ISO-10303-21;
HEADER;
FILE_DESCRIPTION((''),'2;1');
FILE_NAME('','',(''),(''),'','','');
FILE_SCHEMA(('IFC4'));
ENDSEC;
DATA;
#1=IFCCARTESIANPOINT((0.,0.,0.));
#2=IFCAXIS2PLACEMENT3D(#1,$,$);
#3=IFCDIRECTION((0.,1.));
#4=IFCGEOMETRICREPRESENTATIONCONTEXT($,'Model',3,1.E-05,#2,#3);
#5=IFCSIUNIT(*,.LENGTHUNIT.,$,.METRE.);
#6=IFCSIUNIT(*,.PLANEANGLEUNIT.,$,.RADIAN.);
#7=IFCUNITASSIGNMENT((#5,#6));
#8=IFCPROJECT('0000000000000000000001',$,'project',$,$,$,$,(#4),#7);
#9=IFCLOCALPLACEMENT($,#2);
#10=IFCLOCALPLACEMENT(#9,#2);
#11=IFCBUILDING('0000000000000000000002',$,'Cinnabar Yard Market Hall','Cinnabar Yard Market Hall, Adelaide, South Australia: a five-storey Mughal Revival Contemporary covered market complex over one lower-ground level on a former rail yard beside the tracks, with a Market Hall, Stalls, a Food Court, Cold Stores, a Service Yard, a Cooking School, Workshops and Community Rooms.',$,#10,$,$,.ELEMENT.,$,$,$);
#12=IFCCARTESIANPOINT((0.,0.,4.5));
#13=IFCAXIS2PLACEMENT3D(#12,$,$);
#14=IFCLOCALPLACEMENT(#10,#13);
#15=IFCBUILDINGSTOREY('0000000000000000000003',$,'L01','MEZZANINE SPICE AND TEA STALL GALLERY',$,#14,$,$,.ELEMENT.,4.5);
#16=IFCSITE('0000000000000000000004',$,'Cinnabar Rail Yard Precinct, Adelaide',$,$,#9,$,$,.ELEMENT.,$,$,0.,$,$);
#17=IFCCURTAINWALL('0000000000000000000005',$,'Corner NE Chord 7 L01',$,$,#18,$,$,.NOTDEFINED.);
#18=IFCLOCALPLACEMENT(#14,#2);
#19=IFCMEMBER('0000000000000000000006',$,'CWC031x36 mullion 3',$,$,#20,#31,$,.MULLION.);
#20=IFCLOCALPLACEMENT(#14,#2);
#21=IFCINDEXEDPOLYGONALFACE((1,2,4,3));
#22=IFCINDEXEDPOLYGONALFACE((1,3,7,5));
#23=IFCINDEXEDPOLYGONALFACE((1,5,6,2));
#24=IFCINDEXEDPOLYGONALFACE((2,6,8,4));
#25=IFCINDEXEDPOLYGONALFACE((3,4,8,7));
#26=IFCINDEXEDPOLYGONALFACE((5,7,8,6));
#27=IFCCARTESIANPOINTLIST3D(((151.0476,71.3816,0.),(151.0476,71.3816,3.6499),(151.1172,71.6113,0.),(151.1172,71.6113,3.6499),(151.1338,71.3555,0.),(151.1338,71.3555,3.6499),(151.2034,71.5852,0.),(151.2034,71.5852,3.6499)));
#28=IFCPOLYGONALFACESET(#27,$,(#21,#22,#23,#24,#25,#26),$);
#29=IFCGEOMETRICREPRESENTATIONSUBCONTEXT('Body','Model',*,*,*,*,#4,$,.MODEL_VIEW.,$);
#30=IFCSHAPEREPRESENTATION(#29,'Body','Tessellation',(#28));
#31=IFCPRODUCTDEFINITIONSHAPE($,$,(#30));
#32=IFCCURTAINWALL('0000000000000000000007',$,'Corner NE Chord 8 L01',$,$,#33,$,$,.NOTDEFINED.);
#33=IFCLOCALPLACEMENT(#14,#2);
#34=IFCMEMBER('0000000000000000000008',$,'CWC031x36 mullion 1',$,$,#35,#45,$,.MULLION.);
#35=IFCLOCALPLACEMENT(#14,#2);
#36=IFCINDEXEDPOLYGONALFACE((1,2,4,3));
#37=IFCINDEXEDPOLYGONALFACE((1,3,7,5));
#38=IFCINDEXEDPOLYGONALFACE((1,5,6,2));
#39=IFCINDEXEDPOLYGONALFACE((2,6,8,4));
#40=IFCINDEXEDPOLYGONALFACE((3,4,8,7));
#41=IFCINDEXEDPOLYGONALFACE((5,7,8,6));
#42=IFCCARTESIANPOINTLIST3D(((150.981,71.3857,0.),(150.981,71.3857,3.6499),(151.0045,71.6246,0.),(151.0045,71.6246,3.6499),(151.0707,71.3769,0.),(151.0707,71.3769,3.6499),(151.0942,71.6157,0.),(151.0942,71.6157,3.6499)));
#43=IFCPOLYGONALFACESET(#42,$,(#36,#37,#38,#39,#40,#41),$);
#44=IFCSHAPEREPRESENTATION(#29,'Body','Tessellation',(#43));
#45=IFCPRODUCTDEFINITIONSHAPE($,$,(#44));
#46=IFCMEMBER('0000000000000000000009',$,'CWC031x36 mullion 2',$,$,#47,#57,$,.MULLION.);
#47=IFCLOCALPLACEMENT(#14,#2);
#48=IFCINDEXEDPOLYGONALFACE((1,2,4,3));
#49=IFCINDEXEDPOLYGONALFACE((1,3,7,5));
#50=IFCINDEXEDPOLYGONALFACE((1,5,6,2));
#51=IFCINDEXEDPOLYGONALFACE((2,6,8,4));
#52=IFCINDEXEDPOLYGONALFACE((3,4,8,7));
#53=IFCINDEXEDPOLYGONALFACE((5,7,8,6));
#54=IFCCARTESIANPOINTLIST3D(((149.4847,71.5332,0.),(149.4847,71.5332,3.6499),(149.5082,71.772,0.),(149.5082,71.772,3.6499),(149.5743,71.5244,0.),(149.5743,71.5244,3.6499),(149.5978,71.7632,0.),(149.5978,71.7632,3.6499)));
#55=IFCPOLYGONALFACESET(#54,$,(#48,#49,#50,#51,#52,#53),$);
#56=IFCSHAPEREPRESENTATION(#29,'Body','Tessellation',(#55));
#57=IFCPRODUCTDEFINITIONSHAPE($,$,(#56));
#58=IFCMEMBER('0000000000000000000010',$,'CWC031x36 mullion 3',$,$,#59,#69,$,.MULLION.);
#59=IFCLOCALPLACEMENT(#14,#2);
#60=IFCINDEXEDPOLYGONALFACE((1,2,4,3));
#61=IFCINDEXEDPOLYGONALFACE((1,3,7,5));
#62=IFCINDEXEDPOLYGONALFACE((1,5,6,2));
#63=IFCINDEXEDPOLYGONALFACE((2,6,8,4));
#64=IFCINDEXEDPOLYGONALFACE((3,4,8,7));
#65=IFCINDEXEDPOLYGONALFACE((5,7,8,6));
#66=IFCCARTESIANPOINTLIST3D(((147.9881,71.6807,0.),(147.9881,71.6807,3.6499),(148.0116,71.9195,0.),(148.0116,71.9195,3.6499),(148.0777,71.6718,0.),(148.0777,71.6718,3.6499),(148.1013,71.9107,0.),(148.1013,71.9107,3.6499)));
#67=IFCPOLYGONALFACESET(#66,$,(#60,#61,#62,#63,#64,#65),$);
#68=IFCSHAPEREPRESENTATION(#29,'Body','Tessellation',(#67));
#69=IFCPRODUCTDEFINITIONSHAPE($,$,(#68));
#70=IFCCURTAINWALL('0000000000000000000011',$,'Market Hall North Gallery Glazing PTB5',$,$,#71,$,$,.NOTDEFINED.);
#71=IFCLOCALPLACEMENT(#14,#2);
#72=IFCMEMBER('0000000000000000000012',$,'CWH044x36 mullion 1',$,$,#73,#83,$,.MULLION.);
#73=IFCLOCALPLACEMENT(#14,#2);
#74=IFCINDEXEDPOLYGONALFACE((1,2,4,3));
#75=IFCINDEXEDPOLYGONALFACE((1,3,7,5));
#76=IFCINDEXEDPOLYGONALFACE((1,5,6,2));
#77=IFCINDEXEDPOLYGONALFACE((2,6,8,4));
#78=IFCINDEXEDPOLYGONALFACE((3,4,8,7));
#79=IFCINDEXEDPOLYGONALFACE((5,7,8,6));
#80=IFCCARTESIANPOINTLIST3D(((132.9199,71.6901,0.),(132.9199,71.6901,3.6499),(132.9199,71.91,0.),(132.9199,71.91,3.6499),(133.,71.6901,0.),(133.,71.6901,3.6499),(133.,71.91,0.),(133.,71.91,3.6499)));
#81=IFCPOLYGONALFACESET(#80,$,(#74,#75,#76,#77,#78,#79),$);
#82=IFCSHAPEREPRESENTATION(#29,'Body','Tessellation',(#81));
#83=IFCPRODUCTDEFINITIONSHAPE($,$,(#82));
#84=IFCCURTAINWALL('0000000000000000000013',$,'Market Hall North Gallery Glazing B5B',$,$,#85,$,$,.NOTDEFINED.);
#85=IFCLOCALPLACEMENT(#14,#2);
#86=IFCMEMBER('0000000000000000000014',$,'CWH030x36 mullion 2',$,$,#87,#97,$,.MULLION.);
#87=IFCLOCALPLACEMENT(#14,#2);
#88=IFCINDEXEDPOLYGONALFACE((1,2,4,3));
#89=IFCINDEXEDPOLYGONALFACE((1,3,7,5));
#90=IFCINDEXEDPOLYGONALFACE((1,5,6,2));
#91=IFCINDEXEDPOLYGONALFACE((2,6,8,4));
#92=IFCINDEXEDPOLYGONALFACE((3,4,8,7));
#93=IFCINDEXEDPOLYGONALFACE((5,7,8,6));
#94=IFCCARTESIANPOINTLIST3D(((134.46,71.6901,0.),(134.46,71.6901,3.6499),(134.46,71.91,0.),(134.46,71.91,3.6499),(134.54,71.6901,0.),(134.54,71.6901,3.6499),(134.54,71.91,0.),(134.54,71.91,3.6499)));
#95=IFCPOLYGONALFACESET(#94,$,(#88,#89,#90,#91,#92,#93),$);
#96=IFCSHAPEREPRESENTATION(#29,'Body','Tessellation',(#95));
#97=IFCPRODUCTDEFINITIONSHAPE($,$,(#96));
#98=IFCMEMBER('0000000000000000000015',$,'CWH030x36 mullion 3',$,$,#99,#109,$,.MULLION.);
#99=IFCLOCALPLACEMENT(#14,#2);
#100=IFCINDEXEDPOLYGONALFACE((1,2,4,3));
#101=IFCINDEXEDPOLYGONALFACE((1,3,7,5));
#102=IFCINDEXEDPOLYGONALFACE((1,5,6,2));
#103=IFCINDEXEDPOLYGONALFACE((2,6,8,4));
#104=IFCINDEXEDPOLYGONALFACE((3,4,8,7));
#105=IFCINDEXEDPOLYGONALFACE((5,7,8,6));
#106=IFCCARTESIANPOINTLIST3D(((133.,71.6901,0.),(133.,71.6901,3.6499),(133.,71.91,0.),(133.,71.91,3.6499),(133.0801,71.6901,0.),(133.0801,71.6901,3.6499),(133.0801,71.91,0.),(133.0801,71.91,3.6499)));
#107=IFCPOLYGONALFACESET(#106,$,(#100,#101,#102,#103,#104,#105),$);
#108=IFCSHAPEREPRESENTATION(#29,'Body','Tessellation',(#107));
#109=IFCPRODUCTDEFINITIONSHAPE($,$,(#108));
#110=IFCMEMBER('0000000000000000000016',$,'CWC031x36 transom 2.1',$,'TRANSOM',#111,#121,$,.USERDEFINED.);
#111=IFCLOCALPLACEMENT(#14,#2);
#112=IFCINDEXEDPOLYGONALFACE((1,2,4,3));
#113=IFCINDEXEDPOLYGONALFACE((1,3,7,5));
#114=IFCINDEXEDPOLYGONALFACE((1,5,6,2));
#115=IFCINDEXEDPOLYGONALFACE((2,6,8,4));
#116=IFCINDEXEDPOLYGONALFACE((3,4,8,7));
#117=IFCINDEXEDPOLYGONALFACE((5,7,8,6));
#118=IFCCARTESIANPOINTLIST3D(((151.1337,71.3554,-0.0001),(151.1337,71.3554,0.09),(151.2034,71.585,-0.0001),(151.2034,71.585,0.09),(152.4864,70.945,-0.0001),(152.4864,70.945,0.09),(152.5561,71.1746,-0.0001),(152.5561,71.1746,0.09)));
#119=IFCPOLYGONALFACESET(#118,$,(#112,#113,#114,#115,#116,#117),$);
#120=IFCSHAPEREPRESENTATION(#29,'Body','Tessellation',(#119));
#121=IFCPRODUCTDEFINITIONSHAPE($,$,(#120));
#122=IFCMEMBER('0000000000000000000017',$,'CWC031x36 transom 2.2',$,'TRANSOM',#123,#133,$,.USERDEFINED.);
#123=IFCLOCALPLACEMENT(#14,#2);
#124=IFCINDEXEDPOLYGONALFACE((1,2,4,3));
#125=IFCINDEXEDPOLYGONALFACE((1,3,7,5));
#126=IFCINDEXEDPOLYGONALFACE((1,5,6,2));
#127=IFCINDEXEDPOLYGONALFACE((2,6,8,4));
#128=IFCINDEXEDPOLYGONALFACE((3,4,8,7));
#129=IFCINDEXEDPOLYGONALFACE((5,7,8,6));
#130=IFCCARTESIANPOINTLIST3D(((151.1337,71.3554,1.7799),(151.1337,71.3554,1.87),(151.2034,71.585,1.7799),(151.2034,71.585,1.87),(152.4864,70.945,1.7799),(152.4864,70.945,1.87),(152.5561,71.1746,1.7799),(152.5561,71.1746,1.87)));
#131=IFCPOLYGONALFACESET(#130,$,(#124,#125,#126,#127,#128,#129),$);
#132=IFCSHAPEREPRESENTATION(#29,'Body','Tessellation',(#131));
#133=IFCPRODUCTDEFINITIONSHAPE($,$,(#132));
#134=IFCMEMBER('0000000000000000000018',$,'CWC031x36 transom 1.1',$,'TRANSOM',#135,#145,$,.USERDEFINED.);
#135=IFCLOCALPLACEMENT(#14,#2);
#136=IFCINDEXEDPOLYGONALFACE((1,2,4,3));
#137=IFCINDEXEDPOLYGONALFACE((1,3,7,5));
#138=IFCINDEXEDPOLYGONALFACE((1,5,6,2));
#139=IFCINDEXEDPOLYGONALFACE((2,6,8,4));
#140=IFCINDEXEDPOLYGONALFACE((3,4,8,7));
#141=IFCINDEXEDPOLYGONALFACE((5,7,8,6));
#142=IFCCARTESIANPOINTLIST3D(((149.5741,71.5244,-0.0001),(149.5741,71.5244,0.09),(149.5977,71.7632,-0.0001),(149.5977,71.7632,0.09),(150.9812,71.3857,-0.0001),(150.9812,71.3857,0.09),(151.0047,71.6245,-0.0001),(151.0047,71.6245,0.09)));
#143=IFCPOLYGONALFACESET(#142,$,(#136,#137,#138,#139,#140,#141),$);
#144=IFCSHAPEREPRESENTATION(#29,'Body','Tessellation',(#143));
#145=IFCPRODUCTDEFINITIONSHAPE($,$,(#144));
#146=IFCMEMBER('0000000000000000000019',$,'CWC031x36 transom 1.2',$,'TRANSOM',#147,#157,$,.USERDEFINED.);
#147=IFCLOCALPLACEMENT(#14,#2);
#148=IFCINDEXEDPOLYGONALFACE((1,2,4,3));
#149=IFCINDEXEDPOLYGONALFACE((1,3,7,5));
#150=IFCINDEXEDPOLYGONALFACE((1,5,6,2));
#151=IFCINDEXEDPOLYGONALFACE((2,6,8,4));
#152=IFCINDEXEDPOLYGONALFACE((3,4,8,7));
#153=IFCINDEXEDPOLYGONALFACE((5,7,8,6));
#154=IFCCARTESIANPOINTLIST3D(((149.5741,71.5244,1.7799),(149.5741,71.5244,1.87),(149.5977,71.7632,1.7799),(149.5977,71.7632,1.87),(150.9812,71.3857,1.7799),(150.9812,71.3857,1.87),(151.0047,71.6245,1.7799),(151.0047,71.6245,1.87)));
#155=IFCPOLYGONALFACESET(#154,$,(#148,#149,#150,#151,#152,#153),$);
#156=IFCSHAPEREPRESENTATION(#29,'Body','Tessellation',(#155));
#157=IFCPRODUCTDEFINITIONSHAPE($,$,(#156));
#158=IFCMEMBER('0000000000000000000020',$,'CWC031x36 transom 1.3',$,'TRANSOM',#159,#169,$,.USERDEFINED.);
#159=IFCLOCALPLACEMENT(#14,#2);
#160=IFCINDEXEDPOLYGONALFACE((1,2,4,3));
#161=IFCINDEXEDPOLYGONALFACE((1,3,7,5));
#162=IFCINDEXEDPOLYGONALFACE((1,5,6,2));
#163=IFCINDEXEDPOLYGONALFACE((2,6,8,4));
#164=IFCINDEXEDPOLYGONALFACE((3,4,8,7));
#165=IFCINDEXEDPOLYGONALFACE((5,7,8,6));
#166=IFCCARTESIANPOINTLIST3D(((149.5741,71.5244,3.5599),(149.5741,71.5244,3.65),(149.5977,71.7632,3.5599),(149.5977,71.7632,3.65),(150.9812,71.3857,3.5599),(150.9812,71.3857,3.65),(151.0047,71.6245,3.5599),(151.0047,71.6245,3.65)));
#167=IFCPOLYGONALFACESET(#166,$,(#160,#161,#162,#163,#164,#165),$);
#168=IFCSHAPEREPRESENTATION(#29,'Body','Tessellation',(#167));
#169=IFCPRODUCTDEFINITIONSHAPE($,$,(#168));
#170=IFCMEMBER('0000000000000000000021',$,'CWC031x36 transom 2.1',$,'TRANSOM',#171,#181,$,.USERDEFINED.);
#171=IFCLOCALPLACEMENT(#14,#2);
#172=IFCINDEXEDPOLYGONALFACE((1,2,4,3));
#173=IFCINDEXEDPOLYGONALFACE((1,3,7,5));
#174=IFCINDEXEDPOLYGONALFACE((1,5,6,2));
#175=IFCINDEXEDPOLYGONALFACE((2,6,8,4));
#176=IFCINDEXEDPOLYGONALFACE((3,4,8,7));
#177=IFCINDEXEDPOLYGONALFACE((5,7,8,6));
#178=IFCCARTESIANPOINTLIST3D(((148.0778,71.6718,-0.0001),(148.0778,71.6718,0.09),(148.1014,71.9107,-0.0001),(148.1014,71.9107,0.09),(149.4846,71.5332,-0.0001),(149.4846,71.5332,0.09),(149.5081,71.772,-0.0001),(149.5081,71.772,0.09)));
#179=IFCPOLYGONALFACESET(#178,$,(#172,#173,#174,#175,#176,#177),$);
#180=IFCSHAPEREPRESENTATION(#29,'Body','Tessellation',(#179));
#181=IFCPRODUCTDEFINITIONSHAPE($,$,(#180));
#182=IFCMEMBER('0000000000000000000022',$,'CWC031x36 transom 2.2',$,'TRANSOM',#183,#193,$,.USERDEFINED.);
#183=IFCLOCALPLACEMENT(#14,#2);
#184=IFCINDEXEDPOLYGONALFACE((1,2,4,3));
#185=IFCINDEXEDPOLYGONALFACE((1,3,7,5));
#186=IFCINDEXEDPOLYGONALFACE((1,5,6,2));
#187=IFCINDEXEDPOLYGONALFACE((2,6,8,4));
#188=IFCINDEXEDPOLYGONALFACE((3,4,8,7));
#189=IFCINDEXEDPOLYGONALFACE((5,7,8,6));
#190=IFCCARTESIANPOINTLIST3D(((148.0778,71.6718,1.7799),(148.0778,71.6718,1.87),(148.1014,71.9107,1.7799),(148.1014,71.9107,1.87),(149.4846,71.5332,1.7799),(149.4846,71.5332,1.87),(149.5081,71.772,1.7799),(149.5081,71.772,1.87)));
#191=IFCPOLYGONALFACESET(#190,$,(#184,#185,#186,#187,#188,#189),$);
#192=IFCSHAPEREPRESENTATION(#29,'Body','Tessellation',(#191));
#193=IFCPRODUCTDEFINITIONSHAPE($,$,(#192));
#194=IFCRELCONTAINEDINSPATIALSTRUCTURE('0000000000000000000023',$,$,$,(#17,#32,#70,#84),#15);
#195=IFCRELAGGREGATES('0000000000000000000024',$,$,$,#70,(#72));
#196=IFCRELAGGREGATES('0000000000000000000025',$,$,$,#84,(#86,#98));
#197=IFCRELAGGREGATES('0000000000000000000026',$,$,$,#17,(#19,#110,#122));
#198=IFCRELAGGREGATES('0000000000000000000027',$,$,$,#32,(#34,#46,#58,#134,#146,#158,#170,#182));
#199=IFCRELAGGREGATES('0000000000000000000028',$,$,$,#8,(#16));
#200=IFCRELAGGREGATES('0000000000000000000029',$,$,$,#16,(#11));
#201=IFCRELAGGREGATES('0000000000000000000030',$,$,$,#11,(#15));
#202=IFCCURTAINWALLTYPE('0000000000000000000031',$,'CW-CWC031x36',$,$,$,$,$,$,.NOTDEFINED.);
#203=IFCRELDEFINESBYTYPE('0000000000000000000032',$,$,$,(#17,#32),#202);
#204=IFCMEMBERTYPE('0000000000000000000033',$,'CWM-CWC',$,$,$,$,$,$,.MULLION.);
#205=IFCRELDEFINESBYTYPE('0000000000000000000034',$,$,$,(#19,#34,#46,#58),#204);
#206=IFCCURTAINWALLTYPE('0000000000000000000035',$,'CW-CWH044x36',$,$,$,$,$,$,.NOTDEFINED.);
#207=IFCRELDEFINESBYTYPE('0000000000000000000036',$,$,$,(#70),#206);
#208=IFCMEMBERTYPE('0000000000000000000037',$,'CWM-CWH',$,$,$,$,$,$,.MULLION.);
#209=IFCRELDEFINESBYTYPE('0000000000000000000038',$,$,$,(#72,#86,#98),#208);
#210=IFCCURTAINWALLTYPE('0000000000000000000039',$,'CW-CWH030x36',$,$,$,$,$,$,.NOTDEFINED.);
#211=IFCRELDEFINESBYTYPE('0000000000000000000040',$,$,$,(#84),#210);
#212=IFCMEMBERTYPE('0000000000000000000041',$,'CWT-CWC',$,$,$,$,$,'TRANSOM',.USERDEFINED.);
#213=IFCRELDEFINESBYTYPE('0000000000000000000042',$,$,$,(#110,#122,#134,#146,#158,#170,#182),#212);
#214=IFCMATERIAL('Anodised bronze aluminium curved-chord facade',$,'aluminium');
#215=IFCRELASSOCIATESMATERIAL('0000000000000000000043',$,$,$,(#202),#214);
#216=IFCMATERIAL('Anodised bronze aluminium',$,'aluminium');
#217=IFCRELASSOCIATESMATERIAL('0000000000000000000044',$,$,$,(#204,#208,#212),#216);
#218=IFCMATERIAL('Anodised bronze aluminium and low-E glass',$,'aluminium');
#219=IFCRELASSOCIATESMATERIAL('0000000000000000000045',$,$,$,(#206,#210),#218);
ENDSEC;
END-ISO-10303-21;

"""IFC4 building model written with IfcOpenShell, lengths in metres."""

from ifc_helpers import new_model, si_unit, direction, frame, origin, origin_2d_with_axis, place, context, subcontext, project, spatial, rectangle, extrude, material, material_profile, profile_set, type_object, element, aggregate, save


model = new_model("IFC4")

# Units and contexts
model_context = context("Model", 3, precision=1e-05, world=origin(), true_north=direction((0.0, 1.0)))
body_context = subcontext(model_context, "Body", "Model", "MODEL_VIEW")
ifc_project = project(units=[si_unit("LENGTHUNIT", "METRE"), si_unit("PLANEANGLEUNIT", "RADIAN")], contexts=[model_context])

# Site, building, storey
site_placement = place(None, origin())
site = spatial("IfcSite", under=ifc_project, at=site_placement, Name="Cinnabar Rail Yard Precinct, Adelaide", CompositionType="ELEMENT", RefElevation=0.0)
building_placement = place(site_placement, origin())
building = spatial("IfcBuilding", under=site, at=building_placement, Name="Cinnabar Yard Market Hall", Description="Cinnabar Yard Market Hall, Adelaide, South Australia: a five-storey Mughal Revival Contemporary covered market complex over one lower-ground level on a former rail yard beside the tracks, with a Market Hall, Stalls, a Food Court, Cold Stores, a Service Yard, a Cooking School, Workshops and Community Rooms.", CompositionType="ELEMENT")
storey_placement = place(building_placement, frame((0.0, 0.0, 4.5)))
storey = spatial("IfcBuildingStorey", under=building, at=storey_placement, Name="L01", Description="MEZZANINE SPICE AND TEA STALL GALLERY", CompositionType="ELEMENT", Elevation=4.5)

# Curtain wall, member
ifc_material_1 = material(Name="Anodised bronze aluminium curved-chord facade", Category="aluminium")
curtain_wall_type_1 = type_object("IfcCurtainWallType", Name="CW-CWC031x36", PredefinedType="NOTDEFINED", material=ifc_material_1)
curtain_wall_1_placement = place(storey_placement, origin())
curtain_wall_1 = element("IfcCurtainWall", 1, at=curtain_wall_1_placement, inside=storey, type_object=curtain_wall_type_1, Name="Corner NE Chord 7 L01", PredefinedType="NOTDEFINED")
ifc_material_2 = material(Name="Anodised bronze aluminium", Category="aluminium")
ifc_material_profile_1 = material_profile(ifc_material_2, rectangle(XDim=0.24, YDim=0.0901, at=origin_2d_with_axis()), Name="MUL-CWC")
ifc_profile_set_1 = profile_set([ifc_material_profile_1], Name="Anodised bronze aluminium")
member_type_1 = type_object("IfcMemberType", Name="CWM-CWC", PredefinedType="MULLION", material=ifc_profile_set_1)
member_1_placement = place(storey_placement, frame((151.1255, 71.4834, 0.0), z_axis=(0.0, 0.0, 1.0), x_axis=(-0.290279, -0.956942, 0.0)))
member_1 = element("IfcMember", 2, at=member_1_placement, type_object=member_type_1, Name="CWC031x36 mullion 3", PredefinedType="MULLION", context=body_context, shape_type="SweptSolid", body=[
    extrude(rectangle(XDim=0.24, YDim=0.0901, at=origin_2d_with_axis()), origin(), (0.0, 0.0, 1.0), 3.6499),
])

# Curtain wall, members
curtain_wall_2_placement = place(storey_placement, origin())
curtain_wall_2 = element("IfcCurtainWall", 3, at=curtain_wall_2_placement, inside=storey, type_object=curtain_wall_type_1, Name="Corner NE Chord 8 L01", PredefinedType="NOTDEFINED")
member_2_placement = place(storey_placement, frame((151.0376, 71.5007, 0.0), z_axis=(0.0, 0.0, 1.0), x_axis=(-0.09802, -0.995184, 0.0)))
member_2 = element("IfcMember", 4, at=member_2_placement, type_object=member_type_1, Name="CWC031x36 mullion 1", PredefinedType="MULLION", context=body_context, shape_type="SweptSolid", body=[
    extrude(rectangle(XDim=0.24, YDim=0.0901, at=origin_2d_with_axis()), origin(), (0.0, 0.0, 1.0), 3.6499),
])
member_3_placement = place(storey_placement, frame((149.5413, 71.6482, 0.0), z_axis=(0.0, 0.0, 1.0), x_axis=(-0.09802, -0.995184, 0.0)))
member_3 = element("IfcMember", 5, at=member_3_placement, type_object=member_type_1, Name="CWC031x36 mullion 2", PredefinedType="MULLION", context=body_context, shape_type="SweptSolid", body=[
    extrude(rectangle(XDim=0.24, YDim=0.0901, at=origin_2d_with_axis()), origin(), (0.0, 0.0, 1.0), 3.6499),
])
member_4_placement = place(storey_placement, frame((148.0447, 71.7957, 0.0), z_axis=(0.0, 0.0, 1.0), x_axis=(-0.09802, -0.995184, 0.0)))
member_4 = element("IfcMember", 6, at=member_4_placement, type_object=member_type_1, Name="CWC031x36 mullion 3", PredefinedType="MULLION", context=body_context, shape_type="SweptSolid", body=[
    extrude(rectangle(XDim=0.24, YDim=0.0901, at=origin_2d_with_axis()), origin(), (0.0, 0.0, 1.0), 3.6499),
])

# Curtain wall, member
ifc_material_3 = material(Name="Anodised bronze aluminium and low-E glass", Category="aluminium")
curtain_wall_type_2 = type_object("IfcCurtainWallType", Name="CW-CWH044x36", PredefinedType="NOTDEFINED", material=ifc_material_3)
curtain_wall_3_placement = place(storey_placement, origin())
curtain_wall_3 = element("IfcCurtainWall", 7, at=curtain_wall_3_placement, inside=storey, type_object=curtain_wall_type_2, Name="Market Hall North Gallery Glazing PTB5", PredefinedType="NOTDEFINED")
ifc_material_profile_2 = material_profile(ifc_material_2, rectangle(XDim=0.22, YDim=0.0801, at=origin_2d_with_axis()), Name="MUL-CWH")
ifc_profile_set_2 = profile_set([ifc_material_profile_2], Name="Anodised bronze aluminium")
member_type_2 = type_object("IfcMemberType", Name="CWM-CWH", PredefinedType="MULLION", material=ifc_profile_set_2)
member_5_placement = place(storey_placement, frame((132.96, 71.8, 0.0), z_axis=(0.0, 0.0, 1.0), x_axis=(0.0, -1.0, 0.0)))
member_5 = element("IfcMember", 8, at=member_5_placement, type_object=member_type_2, Name="CWH044x36 mullion 1", PredefinedType="MULLION", context=body_context, shape_type="SweptSolid", body=[
    extrude(rectangle(XDim=0.22, YDim=0.0801, at=origin_2d_with_axis()), origin(), (0.0, 0.0, 1.0), 3.6499),
])

# Curtain wall, members
curtain_wall_type_3 = type_object("IfcCurtainWallType", Name="CW-CWH030x36", PredefinedType="NOTDEFINED", material=ifc_material_3)
curtain_wall_4_placement = place(storey_placement, origin())
curtain_wall_4 = element("IfcCurtainWall", 9, at=curtain_wall_4_placement, inside=storey, type_object=curtain_wall_type_3, Name="Market Hall North Gallery Glazing B5B", PredefinedType="NOTDEFINED")
member_6_placement = place(storey_placement, frame((134.5, 71.8, 0.0), z_axis=(0.0, 0.0, 1.0), x_axis=(0.0, -1.0, 0.0)))
member_6 = element("IfcMember", 10, at=member_6_placement, type_object=member_type_2, Name="CWH030x36 mullion 2", PredefinedType="MULLION", context=body_context, shape_type="SweptSolid", body=[
    extrude(rectangle(XDim=0.22, YDim=0.0801, at=origin_2d_with_axis()), origin(), (0.0, 0.0, 1.0), 3.6499),
])
member_7_placement = place(storey_placement, frame((133.04, 71.8, 0.0), z_axis=(0.0, 0.0, 1.0), x_axis=(0.0, -1.0, 0.0)))
member_7 = element("IfcMember", 11, at=member_7_placement, type_object=member_type_2, Name="CWH030x36 mullion 3", PredefinedType="MULLION", context=body_context, shape_type="SweptSolid", body=[
    extrude(rectangle(XDim=0.22, YDim=0.0801, at=origin_2d_with_axis()), origin(), (0.0, 0.0, 1.0), 3.6499),
])

# Members
ifc_material_profile_3 = material_profile(ifc_material_2, rectangle(XDim=0.24, YDim=0.0901, at=origin_2d_with_axis()), Name="TRN-CWC")
ifc_profile_set_3 = profile_set([ifc_material_profile_3], Name="Anodised bronze aluminium")
member_type_3 = type_object("IfcMemberType", Name="CWT-CWC", ElementType="TRANSOM", PredefinedType="USERDEFINED", material=ifc_profile_set_3)
member_8_placement = place(storey_placement, frame((152.5212, 71.0598, 0.0449), z_axis=(-0.956933, 0.290309, 0.0), x_axis=(-0.290309, -0.956933, 0.0)))
member_8 = element("IfcMember", 12, at=member_8_placement, type_object=member_type_3, Name="CWC031x36 transom 2.1", ObjectType="TRANSOM", PredefinedType="USERDEFINED", context=body_context, shape_type="SweptSolid", body=[
    extrude(rectangle(XDim=0.24, YDim=0.0901, at=origin_2d_with_axis()), origin(), (0.0, 0.0, 1.0), 1.4136),
])
member_9_placement = place(storey_placement, frame((152.5212, 71.0598, 1.825), z_axis=(-0.956933, 0.290309, 0.0), x_axis=(-0.290309, -0.956933, 0.0)))
member_9 = element("IfcMember", 13, at=member_9_placement, type_object=member_type_3, Name="CWC031x36 transom 2.2", ObjectType="TRANSOM", PredefinedType="USERDEFINED", context=body_context, shape_type="SweptSolid", body=[
    extrude(rectangle(XDim=0.24, YDim=0.0901, at=origin_2d_with_axis()), origin(), (0.0, 0.0, 1.0), 1.4136),
])
member_10_placement = place(storey_placement, frame((150.9929, 71.5051, 0.0449), z_axis=(-0.995178, 0.098085, 0.0), x_axis=(-0.098085, -0.995178, 0.0)))
member_10 = element("IfcMember", 14, at=member_10_placement, type_object=member_type_3, Name="CWC031x36 transom 1.1", ObjectType="TRANSOM", PredefinedType="USERDEFINED", context=body_context, shape_type="SweptSolid", body=[
    extrude(rectangle(XDim=0.24, YDim=0.0901, at=origin_2d_with_axis()), origin(), (0.0, 0.0, 1.0), 1.4138),
])
member_11_placement = place(storey_placement, frame((150.9929, 71.5051, 1.825), z_axis=(-0.995178, 0.098085, 0.0), x_axis=(-0.098085, -0.995178, 0.0)))
member_11 = element("IfcMember", 15, at=member_11_placement, type_object=member_type_3, Name="CWC031x36 transom 1.2", ObjectType="TRANSOM", PredefinedType="USERDEFINED", context=body_context, shape_type="SweptSolid", body=[
    extrude(rectangle(XDim=0.24, YDim=0.0901, at=origin_2d_with_axis()), origin(), (0.0, 0.0, 1.0), 1.4138),
])
member_12_placement = place(storey_placement, frame((150.9929, 71.5051, 3.605), z_axis=(-0.995178, 0.098085, 0.0), x_axis=(-0.098085, -0.995178, 0.0)))
member_12 = element("IfcMember", 16, at=member_12_placement, type_object=member_type_3, Name="CWC031x36 transom 1.3", ObjectType="TRANSOM", PredefinedType="USERDEFINED", context=body_context, shape_type="SweptSolid", body=[
    extrude(rectangle(XDim=0.24, YDim=0.0901, at=origin_2d_with_axis()), origin(), (0.0, 0.0, 1.0), 1.4138),
])
member_13_placement = place(storey_placement, frame((149.4963, 71.6526, 0.0449), z_axis=(-0.995176, 0.098101, 0.0), x_axis=(-0.098101, -0.995176, 0.0)))
member_13 = element("IfcMember", 17, at=member_13_placement, type_object=member_type_3, Name="CWC031x36 transom 2.1", ObjectType="TRANSOM", PredefinedType="USERDEFINED", context=body_context, shape_type="SweptSolid", body=[
    extrude(rectangle(XDim=0.24, YDim=0.0901, at=origin_2d_with_axis()), origin(), (0.0, 0.0, 1.0), 1.4136),
])
member_14_placement = place(storey_placement, frame((149.4963, 71.6526, 1.825), z_axis=(-0.995176, 0.098101, 0.0), x_axis=(-0.098101, -0.995176, 0.0)))
member_14 = element("IfcMember", 18, at=member_14_placement, type_object=member_type_3, Name="CWC031x36 transom 2.2", ObjectType="TRANSOM", PredefinedType="USERDEFINED", context=body_context, shape_type="SweptSolid", body=[
    extrude(rectangle(XDim=0.24, YDim=0.0901, at=origin_2d_with_axis()), origin(), (0.0, 0.0, 1.0), 1.4136),
])
aggregate(curtain_wall_3, [member_5])

aggregate(curtain_wall_4, [member_6, member_7])
aggregate(curtain_wall_1, [member_1, member_8, member_9])
aggregate(curtain_wall_2, [member_2, member_3, member_4, member_10, member_11, member_12, member_13, member_14])

save(model, "model.ifc")
